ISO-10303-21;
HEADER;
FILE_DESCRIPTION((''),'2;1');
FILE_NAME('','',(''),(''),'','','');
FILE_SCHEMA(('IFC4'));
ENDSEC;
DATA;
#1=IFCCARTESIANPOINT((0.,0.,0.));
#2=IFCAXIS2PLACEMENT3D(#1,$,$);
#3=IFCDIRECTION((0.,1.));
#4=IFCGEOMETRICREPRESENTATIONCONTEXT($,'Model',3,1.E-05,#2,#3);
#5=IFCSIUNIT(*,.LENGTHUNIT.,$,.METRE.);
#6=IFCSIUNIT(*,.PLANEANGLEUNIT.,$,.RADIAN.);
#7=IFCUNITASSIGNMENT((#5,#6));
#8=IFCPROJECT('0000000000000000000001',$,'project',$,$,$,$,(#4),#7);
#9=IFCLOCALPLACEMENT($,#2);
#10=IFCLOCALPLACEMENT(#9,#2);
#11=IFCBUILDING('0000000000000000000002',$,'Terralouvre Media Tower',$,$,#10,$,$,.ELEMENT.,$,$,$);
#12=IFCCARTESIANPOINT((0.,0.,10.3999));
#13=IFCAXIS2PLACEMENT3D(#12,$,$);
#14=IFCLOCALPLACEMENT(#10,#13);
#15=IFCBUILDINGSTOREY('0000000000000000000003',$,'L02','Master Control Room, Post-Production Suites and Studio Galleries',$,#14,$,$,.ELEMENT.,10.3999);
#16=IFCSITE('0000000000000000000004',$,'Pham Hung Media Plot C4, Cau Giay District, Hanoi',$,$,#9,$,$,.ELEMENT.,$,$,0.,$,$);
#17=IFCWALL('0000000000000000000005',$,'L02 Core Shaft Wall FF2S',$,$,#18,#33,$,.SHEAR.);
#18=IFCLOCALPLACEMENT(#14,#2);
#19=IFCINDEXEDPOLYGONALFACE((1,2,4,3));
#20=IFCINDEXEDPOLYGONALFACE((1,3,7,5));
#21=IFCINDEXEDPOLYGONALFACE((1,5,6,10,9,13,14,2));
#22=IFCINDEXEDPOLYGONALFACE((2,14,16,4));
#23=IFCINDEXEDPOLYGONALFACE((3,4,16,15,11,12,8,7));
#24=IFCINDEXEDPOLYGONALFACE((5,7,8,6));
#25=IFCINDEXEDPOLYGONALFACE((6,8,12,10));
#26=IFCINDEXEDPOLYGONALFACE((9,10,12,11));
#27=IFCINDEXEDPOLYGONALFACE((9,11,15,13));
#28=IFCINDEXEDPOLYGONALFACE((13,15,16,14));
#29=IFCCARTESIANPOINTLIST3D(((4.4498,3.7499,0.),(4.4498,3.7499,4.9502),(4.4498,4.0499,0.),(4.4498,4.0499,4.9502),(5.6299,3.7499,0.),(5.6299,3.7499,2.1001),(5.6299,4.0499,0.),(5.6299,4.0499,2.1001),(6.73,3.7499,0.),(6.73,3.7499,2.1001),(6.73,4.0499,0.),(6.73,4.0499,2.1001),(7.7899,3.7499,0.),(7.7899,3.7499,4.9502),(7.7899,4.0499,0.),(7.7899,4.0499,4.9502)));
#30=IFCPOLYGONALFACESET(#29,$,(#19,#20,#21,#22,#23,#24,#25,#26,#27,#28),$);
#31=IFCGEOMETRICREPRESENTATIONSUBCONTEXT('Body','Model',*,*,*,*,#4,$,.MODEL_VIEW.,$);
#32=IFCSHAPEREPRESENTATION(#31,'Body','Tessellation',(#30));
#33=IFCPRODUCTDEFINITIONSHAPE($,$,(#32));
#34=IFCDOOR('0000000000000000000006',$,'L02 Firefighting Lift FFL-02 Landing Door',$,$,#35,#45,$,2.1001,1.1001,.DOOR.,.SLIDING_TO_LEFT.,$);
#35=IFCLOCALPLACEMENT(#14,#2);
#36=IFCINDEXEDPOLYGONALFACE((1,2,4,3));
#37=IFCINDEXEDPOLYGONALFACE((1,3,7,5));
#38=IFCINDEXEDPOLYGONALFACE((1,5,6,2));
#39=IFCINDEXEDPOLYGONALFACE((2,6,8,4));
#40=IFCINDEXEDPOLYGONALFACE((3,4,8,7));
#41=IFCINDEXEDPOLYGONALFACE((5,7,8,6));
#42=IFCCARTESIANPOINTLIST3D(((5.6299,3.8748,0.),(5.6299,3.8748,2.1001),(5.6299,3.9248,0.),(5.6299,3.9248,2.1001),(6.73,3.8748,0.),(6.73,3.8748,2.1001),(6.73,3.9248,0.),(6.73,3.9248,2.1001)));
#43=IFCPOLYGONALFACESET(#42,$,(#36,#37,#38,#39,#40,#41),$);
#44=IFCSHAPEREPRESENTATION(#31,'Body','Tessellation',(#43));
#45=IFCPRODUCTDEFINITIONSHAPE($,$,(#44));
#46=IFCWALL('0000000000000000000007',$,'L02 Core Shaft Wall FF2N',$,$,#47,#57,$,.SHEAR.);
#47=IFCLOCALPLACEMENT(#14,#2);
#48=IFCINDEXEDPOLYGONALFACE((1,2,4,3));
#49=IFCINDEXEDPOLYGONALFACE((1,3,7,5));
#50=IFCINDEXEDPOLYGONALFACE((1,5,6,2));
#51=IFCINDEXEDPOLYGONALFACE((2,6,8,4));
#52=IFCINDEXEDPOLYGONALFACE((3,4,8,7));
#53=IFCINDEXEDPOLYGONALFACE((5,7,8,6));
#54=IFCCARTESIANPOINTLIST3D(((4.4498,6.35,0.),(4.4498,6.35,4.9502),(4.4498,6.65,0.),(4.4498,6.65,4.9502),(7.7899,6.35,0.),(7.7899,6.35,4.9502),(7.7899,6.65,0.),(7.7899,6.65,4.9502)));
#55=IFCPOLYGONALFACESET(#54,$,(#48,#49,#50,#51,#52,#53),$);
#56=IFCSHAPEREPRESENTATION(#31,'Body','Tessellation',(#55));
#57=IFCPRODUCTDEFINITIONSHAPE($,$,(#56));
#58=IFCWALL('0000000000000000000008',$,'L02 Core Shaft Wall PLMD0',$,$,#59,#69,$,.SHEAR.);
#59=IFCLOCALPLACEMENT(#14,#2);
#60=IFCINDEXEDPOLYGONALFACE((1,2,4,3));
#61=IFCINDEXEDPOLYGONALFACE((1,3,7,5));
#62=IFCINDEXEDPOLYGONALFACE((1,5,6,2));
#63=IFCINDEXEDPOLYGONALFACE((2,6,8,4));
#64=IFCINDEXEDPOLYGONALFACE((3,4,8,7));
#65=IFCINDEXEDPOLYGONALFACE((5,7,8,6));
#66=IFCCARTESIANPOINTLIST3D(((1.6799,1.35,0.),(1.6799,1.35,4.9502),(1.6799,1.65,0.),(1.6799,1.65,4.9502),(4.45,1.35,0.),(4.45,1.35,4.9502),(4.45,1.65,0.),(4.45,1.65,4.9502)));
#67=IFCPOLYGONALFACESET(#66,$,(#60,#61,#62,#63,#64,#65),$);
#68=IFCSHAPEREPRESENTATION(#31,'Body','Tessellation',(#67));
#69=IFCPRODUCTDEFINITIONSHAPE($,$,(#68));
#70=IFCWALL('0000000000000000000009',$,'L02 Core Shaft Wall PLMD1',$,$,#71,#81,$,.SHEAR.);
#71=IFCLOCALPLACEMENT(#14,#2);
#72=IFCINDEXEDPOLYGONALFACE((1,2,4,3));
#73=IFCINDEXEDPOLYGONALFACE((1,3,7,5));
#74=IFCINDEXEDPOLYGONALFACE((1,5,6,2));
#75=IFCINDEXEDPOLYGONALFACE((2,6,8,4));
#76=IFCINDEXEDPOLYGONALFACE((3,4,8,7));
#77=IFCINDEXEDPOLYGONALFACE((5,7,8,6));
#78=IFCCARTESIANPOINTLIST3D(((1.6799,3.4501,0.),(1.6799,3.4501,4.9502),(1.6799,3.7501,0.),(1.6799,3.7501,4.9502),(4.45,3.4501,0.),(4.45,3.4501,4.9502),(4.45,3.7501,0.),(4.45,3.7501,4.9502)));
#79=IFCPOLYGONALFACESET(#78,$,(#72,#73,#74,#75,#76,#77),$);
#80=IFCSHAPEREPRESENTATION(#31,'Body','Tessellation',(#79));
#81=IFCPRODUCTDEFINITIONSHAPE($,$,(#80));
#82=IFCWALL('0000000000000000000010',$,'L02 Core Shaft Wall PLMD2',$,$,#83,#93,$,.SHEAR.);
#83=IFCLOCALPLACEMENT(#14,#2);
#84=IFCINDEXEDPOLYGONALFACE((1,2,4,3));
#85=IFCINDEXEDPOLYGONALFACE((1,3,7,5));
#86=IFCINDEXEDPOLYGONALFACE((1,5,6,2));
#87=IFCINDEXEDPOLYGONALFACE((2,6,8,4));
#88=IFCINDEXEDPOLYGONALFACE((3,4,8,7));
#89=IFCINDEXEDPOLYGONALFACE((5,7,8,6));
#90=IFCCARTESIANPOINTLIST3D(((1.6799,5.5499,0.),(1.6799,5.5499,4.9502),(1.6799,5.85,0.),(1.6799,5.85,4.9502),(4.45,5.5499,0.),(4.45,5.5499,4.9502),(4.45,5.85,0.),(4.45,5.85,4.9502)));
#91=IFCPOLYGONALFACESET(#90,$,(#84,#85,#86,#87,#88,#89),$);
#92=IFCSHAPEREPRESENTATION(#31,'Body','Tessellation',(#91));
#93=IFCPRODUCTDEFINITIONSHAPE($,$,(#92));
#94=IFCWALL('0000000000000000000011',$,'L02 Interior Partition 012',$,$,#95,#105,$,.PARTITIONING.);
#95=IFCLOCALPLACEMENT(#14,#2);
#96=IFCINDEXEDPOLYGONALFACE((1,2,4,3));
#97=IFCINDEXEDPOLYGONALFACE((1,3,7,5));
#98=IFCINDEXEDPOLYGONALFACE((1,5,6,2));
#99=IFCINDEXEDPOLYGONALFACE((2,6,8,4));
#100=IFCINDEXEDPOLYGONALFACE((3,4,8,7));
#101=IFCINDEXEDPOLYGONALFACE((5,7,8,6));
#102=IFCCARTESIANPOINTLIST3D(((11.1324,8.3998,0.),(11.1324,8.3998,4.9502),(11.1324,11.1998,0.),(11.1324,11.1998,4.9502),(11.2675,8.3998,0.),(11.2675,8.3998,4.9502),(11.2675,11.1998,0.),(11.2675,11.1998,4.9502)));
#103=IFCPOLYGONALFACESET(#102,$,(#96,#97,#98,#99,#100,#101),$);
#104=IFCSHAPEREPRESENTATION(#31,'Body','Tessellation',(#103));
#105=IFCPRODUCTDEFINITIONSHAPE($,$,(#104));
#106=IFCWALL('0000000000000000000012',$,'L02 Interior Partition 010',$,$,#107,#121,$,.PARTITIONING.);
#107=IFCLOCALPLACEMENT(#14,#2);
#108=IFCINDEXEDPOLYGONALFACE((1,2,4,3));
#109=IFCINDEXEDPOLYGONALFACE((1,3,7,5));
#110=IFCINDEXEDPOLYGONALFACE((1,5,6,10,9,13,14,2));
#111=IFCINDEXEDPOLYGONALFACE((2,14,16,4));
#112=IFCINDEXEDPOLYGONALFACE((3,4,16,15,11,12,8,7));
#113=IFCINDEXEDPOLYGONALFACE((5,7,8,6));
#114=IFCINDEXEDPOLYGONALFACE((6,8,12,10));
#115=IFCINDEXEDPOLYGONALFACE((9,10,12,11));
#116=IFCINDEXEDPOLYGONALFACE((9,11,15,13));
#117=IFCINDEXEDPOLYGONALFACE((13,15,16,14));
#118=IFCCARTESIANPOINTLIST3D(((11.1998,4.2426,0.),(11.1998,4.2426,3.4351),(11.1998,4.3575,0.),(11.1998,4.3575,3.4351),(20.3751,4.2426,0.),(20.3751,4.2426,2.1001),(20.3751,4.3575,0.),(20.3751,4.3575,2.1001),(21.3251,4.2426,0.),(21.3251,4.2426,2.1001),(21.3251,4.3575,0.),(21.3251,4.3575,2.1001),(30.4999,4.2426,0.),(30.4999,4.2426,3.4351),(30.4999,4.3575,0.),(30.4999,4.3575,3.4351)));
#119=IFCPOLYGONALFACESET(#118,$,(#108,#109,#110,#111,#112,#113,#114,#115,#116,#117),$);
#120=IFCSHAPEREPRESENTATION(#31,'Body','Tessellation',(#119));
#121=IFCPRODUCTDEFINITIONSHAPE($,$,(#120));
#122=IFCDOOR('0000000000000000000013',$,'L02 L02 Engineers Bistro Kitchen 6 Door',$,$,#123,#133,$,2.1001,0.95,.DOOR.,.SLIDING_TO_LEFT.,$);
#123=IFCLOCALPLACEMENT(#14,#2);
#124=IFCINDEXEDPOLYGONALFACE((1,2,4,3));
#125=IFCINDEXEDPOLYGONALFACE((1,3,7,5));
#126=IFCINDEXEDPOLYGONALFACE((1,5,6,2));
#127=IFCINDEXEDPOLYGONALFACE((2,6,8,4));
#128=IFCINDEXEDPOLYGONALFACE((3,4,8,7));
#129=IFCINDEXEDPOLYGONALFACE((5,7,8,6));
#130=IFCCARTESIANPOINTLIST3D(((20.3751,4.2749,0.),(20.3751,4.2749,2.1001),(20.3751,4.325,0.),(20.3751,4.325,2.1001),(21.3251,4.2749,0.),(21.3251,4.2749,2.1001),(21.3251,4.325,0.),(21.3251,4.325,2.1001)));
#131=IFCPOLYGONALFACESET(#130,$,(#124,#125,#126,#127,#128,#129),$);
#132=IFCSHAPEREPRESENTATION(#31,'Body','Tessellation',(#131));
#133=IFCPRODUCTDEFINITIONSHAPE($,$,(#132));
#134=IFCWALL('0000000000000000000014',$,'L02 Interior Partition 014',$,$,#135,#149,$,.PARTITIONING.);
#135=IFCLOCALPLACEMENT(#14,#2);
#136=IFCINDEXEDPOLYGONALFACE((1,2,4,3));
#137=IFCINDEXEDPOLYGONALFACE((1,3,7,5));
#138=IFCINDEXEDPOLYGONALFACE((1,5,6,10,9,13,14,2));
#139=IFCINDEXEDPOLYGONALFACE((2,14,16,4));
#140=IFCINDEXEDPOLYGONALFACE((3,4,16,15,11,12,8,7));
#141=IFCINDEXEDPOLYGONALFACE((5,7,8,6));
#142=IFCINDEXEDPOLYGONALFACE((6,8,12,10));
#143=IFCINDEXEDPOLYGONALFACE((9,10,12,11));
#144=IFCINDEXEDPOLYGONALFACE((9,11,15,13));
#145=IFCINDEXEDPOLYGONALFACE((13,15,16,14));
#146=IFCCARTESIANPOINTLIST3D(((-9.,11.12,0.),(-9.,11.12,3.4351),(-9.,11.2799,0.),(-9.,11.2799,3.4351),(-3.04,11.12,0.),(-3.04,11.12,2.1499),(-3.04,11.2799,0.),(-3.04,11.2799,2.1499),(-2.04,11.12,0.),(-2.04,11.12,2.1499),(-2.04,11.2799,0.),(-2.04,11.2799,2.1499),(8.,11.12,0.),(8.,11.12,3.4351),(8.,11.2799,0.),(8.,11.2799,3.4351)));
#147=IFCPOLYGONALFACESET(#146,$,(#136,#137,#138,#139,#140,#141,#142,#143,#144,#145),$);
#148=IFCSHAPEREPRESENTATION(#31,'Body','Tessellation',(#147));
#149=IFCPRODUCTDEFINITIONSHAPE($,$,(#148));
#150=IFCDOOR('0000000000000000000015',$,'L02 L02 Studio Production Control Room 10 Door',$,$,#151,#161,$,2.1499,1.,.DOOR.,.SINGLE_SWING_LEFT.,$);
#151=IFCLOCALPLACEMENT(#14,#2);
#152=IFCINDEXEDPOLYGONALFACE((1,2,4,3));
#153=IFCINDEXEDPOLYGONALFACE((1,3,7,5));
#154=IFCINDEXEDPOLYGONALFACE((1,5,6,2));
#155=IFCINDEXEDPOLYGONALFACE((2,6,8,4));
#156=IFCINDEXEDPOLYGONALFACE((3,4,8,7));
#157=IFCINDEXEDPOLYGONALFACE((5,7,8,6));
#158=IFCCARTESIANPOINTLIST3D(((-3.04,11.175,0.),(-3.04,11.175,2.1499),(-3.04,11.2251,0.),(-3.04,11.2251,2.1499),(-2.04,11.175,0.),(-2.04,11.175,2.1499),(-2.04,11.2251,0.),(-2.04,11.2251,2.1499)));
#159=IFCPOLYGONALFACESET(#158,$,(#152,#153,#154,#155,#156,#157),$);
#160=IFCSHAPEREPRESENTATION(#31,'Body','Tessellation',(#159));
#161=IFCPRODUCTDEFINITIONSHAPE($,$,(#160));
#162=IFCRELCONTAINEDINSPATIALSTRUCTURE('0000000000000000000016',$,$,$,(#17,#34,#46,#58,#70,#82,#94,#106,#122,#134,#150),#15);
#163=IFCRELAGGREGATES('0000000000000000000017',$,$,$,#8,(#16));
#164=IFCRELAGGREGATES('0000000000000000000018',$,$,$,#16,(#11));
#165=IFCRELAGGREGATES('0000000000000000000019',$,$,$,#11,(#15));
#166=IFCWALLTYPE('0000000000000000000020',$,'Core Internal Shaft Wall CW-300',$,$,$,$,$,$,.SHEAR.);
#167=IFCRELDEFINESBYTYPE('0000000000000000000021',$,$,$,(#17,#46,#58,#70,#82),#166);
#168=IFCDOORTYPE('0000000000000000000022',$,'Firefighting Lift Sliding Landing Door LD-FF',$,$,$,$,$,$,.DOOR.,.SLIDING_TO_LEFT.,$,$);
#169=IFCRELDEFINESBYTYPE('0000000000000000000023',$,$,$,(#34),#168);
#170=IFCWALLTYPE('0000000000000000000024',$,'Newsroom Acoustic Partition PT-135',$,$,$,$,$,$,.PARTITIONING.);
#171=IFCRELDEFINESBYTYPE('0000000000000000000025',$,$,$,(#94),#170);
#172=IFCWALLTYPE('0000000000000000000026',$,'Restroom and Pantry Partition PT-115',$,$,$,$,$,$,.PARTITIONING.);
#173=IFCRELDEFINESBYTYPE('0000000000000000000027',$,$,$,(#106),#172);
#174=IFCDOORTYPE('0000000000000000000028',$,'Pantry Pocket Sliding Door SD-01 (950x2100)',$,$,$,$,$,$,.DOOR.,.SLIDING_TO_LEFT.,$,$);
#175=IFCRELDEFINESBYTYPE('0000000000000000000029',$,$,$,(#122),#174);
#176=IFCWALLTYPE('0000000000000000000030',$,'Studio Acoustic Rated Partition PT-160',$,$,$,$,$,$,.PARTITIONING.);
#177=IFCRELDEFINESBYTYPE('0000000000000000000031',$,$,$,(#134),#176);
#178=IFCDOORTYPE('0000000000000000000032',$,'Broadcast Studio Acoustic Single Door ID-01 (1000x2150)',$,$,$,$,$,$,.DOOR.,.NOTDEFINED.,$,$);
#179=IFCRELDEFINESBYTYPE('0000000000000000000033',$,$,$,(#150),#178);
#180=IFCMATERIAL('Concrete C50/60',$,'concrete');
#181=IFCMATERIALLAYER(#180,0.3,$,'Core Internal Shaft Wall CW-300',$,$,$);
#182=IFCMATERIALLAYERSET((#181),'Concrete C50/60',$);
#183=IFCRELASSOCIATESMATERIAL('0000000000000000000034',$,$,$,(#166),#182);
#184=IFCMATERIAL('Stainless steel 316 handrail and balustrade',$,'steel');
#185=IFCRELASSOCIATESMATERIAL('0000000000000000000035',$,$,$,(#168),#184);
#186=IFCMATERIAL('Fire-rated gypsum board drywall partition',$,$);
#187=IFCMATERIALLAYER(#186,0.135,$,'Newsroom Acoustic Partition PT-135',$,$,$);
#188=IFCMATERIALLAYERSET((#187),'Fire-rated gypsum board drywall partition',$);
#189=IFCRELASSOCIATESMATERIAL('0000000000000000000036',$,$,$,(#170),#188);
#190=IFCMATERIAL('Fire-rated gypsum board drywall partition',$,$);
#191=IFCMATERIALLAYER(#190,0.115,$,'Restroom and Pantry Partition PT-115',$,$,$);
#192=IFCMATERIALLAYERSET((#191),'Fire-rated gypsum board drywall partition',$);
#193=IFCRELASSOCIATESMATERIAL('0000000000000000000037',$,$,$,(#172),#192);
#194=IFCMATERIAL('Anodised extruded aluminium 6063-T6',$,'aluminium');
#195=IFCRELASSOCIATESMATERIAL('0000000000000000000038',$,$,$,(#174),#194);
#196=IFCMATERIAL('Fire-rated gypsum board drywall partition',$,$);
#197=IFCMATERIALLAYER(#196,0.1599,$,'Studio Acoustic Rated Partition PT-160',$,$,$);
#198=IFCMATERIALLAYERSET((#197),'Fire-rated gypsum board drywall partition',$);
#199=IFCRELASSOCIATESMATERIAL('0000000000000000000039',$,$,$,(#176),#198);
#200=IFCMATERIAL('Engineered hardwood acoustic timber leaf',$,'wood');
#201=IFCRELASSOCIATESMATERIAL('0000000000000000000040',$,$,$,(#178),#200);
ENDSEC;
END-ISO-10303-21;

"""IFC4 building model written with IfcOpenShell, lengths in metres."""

from ifc_helpers import new_model, si_unit, direction, frame, frame_2d, origin, place, context, subcontext, project, spatial, rectangle, extrude, material, layer, layer_set, type_object, element, fill, save


model = new_model("IFC4")

# Units and contexts
model_context = context("Model", 3, precision=1e-05, world=origin(), true_north=direction((0.0, 1.0)))
body_context = subcontext(model_context, "Body", "Model", "MODEL_VIEW")
ifc_project = project(units=[si_unit("LENGTHUNIT", "METRE"), si_unit("PLANEANGLEUNIT", "RADIAN")], contexts=[model_context])

# Site, building, storey
site_placement = place(None, origin())
site = spatial("IfcSite", under=ifc_project, at=site_placement, Name="Pham Hung Media Plot C4, Cau Giay District, Hanoi", CompositionType="ELEMENT", RefElevation=0.0)
building_placement = place(site_placement, origin())
building = spatial("IfcBuilding", under=site, at=building_placement, Name="Terralouvre Media Tower", CompositionType="ELEMENT")
storey_placement = place(building_placement, frame((0.0, 0.0, 10.3999)))
storey = spatial("IfcBuildingStorey", under=building, at=storey_placement, Name="L02", Description="Master Control Room, Post-Production Suites and Studio Galleries", CompositionType="ELEMENT", Elevation=10.3999)

# Wall, opening, door
ifc_material_1 = material(Name="Concrete C50/60", Category="concrete")
ifc_layer_1 = layer(ifc_material_1, 0.3, Name="Core Internal Shaft Wall CW-300")
ifc_layer_set_1 = layer_set([ifc_layer_1], Name="Concrete C50/60")
wall_type_1 = type_object("IfcWallType", Name="Core Internal Shaft Wall CW-300", PredefinedType="SHEAR", material=ifc_layer_set_1)
wall_1_placement = place(storey_placement, frame((4.45, 3.8999, 0.0), z_axis=(0.0, 0.0, 1.0), x_axis=(1.0, 0.0, 0.0)))
wall_1 = element("IfcWall", 1, at=wall_1_placement, inside=storey, type_object=wall_type_1, Name="L02 Core Shaft Wall FF2S", PredefinedType="SHEAR", context=body_context, shape_type="SweptSolid", body=[
    extrude(rectangle(XDim=3.3401, YDim=0.3, at=frame_2d((1.6699, 0.0))), origin(), (0.0, 0.0, 1.0), 4.9502),
])
opening_1_placement = place(wall_1_placement, frame((1.1799, 0.0, 0.0)))
opening_1 = element("IfcOpeningElement", 2, at=opening_1_placement, cuts=wall_1, PredefinedType="OPENING", context=body_context, shape_type="SweptSolid", body=[
    extrude(rectangle(XDim=1.1001, YDim=2.1001, at=frame_2d((0.55, 1.05))), frame((0.0, 0.1599, 0.0), z_axis=(0.0, -1.0, 0.0), x_axis=(1.0, 0.0, 0.0)), (0.0, 0.0, 1.0), 0.3201),
])
ifc_material_2 = material(Name="Stainless steel 316 handrail and balustrade", Category="steel")
door_type_1 = type_object("IfcDoorType", Name="Firefighting Lift Sliding Landing Door LD-FF", OperationType="SLIDING_TO_LEFT", PredefinedType="DOOR", material=ifc_material_2)
door_1_placement = place(opening_1_placement, origin())
door_1 = element("IfcDoor", 3, at=door_1_placement, inside=storey, type_object=door_type_1, Name="L02 Firefighting Lift FFL-02 Landing Door", OperationType="SLIDING_TO_LEFT", OverallHeight=2.1001, OverallWidth=1.1001, PredefinedType="DOOR", context=body_context, shape_type="SweptSolid", body=[
    extrude(rectangle(XDim=1.1001, YDim=2.1001, at=frame_2d((0.55, 1.05))), frame((0.0, 0.0249, 0.0), z_axis=(0.0, -1.0, 0.0), x_axis=(1.0, 0.0, 0.0)), (0.0, 0.0, 1.0), 0.05),
])
fill(opening_1, door_1)

# Walls
wall_2_placement = place(storey_placement, frame((4.45, 6.5, 0.0), z_axis=(0.0, 0.0, 1.0), x_axis=(1.0, 0.0, 0.0)))
element("IfcWall", 4, at=wall_2_placement, inside=storey, type_object=wall_type_1, Name="L02 Core Shaft Wall FF2N", PredefinedType="SHEAR", context=body_context, shape_type="SweptSolid", body=[
    extrude(rectangle(XDim=3.3401, YDim=0.3, at=frame_2d((1.6699, 0.0))), origin(), (0.0, 0.0, 1.0), 4.9502),
])
for number, where, z_axis, x_axis, name in (
    (5, (1.6799, 1.5, 0.0), (0.0, 0.0, 1.0), (1.0, 0.0, 0.0), "L02 Core Shaft Wall PLMD0"),
    (6, (1.6799, 3.6001, 0.0), (0.0, 0.0, 1.0), (1.0, 0.0, 0.0), "L02 Core Shaft Wall PLMD1"),
    (7, (1.6799, 5.7, 0.0), (0.0, 0.0, 1.0), (1.0, 0.0, 0.0), "L02 Core Shaft Wall PLMD2"),
):
    element("IfcWall", number, at=place(storey_placement, frame(where, z_axis=z_axis, x_axis=x_axis)), inside=storey, type_object=wall_type_1, Name=name, PredefinedType="SHEAR", context=body_context, shape_type="SweptSolid", body=[
        extrude(rectangle(XDim=2.77, YDim=0.3, at=frame_2d((1.385, 0.0))), origin(), (0.0, 0.0, 1.0), 4.9502),
    ])
ifc_material_3 = material(Name="Fire-rated gypsum board drywall partition")
ifc_layer_2 = layer(ifc_material_3, 0.135, Name="Newsroom Acoustic Partition PT-135")
ifc_layer_set_2 = layer_set([ifc_layer_2], Name="Fire-rated gypsum board drywall partition")
wall_type_2 = type_object("IfcWallType", Name="Newsroom Acoustic Partition PT-135", PredefinedType="PARTITIONING", material=ifc_layer_set_2)
wall_3_placement = place(storey_placement, frame((11.2, 8.3999, 0.0), z_axis=(0.0, 0.0, 1.0), x_axis=(0.0, 1.0, 0.0)))
element("IfcWall", 8, at=wall_3_placement, inside=storey, type_object=wall_type_2, Name="L02 Interior Partition 012", PredefinedType="PARTITIONING", context=body_context, shape_type="SweptSolid", body=[
    extrude(rectangle(XDim=2.8, YDim=0.135, at=frame_2d((1.3999, 0.0))), origin(), (0.0, 0.0, 1.0), 4.9502),
])

# Walls, openings, doors
ifc_material_4 = material(Name="Fire-rated gypsum board drywall partition")
ifc_layer_3 = layer(ifc_material_4, 0.115, Name="Restroom and Pantry Partition PT-115")
ifc_layer_set_3 = layer_set([ifc_layer_3], Name="Fire-rated gypsum board drywall partition")
wall_type_3 = type_object("IfcWallType", Name="Restroom and Pantry Partition PT-115", PredefinedType="PARTITIONING", material=ifc_layer_set_3)
wall_4_placement = place(storey_placement, frame((11.2, 4.3, 0.0), z_axis=(0.0, 0.0, 1.0), x_axis=(1.0, 0.0, 0.0)))
wall_4 = element("IfcWall", 9, at=wall_4_placement, inside=storey, type_object=wall_type_3, Name="L02 Interior Partition 010", PredefinedType="PARTITIONING", context=body_context, shape_type="SweptSolid", body=[
    extrude(rectangle(XDim=19.3, YDim=0.115, at=frame_2d((9.6499, 0.0))), origin(), (0.0, 0.0, 1.0), 3.4351),
])
opening_2_placement = place(wall_4_placement, frame((9.175, 0.0, 0.0)))
opening_2 = element("IfcOpeningElement", 10, at=opening_2_placement, cuts=wall_4, PredefinedType="OPENING", context=body_context, shape_type="SweptSolid", body=[
    extrude(rectangle(XDim=0.95, YDim=2.1001, at=frame_2d((0.4751, 1.05))), frame((0.0, 0.0674, 0.0), z_axis=(0.0, -1.0, 0.0), x_axis=(1.0, 0.0, 0.0)), (0.0, 0.0, 1.0), 0.135),
])
ifc_material_5 = material(Name="Anodised extruded aluminium 6063-T6", Category="aluminium")
door_type_2 = type_object("IfcDoorType", Name="Pantry Pocket Sliding Door SD-01 (950x2100)", OperationType="SLIDING_TO_LEFT", PredefinedType="DOOR", material=ifc_material_5)
door_2_placement = place(opening_2_placement, origin())
door_2 = element("IfcDoor", 11, at=door_2_placement, inside=storey, type_object=door_type_2, Name="L02 L02 Engineers Bistro Kitchen 6 Door", OperationType="SLIDING_TO_LEFT", OverallHeight=2.1001, OverallWidth=0.95, PredefinedType="DOOR", context=body_context, shape_type="SweptSolid", body=[
    extrude(rectangle(XDim=0.95, YDim=2.1001, at=frame_2d((0.4751, 1.05))), frame((0.0, 0.0249, 0.0), z_axis=(0.0, -1.0, 0.0), x_axis=(1.0, 0.0, 0.0)), (0.0, 0.0, 1.0), 0.05),
])
fill(opening_2, door_2)
ifc_material_6 = material(Name="Fire-rated gypsum board drywall partition")
ifc_layer_4 = layer(ifc_material_6, 0.1599, Name="Studio Acoustic Rated Partition PT-160")
ifc_layer_set_4 = layer_set([ifc_layer_4], Name="Fire-rated gypsum board drywall partition")
wall_type_4 = type_object("IfcWallType", Name="Studio Acoustic Rated Partition PT-160", PredefinedType="PARTITIONING", material=ifc_layer_set_4)
ifc_material_7 = material(Name="Engineered hardwood acoustic timber leaf", Category="wood")
door_type_3 = type_object("IfcDoorType", Name="Broadcast Studio Acoustic Single Door ID-01 (1000x2150)", OperationType="NOTDEFINED", PredefinedType="DOOR", material=ifc_material_7)
wall_5_placement = place(storey_placement, frame((8.0, 11.2, 0.0), z_axis=(0.0, 0.0, 1.0), x_axis=(-1.0, 0.0, 0.0)))
wall_5 = element("IfcWall", 12, at=wall_5_placement, inside=storey, type_object=wall_type_4, Name="L02 Interior Partition 014", PredefinedType="PARTITIONING", context=body_context, shape_type="SweptSolid", body=[
    extrude(rectangle(XDim=17.0, YDim=0.1599, at=frame_2d((8.5, 0.0))), origin(), (0.0, 0.0, 1.0), 3.4351),
])
opening_3_placement = place(wall_5_placement, frame((10.04, 0.0, 0.0)))
opening_3 = element("IfcOpeningElement", 13, at=opening_3_placement, cuts=wall_5, PredefinedType="OPENING", context=body_context, shape_type="SweptSolid", body=[
    extrude(rectangle(XDim=1.0, YDim=2.1499, at=frame_2d((0.5, 1.075))), frame((0.0, 0.0898, 0.0), z_axis=(0.0, -1.0, 0.0), x_axis=(1.0, 0.0, 0.0)), (0.0, 0.0, 1.0), 0.1799),
])
door_3_placement = place(opening_3_placement, origin())
door_3 = element("IfcDoor", 14, at=door_3_placement, inside=storey, type_object=door_type_3, Name="L02 L02 Studio Production Control Room 10 Door", OperationType="SINGLE_SWING_LEFT", OverallHeight=2.1499, OverallWidth=1.0, PredefinedType="DOOR", context=body_context, shape_type="SweptSolid", body=[
    extrude(rectangle(XDim=1.0, YDim=2.1499, at=frame_2d((0.5, 1.075))), frame((0.0, 0.0249, 0.0), z_axis=(0.0, -1.0, 0.0), x_axis=(1.0, 0.0, 0.0)), (0.0, 0.0, 1.0), 0.05),
])
fill(opening_3, door_3)

save(model, "model.ifc")
